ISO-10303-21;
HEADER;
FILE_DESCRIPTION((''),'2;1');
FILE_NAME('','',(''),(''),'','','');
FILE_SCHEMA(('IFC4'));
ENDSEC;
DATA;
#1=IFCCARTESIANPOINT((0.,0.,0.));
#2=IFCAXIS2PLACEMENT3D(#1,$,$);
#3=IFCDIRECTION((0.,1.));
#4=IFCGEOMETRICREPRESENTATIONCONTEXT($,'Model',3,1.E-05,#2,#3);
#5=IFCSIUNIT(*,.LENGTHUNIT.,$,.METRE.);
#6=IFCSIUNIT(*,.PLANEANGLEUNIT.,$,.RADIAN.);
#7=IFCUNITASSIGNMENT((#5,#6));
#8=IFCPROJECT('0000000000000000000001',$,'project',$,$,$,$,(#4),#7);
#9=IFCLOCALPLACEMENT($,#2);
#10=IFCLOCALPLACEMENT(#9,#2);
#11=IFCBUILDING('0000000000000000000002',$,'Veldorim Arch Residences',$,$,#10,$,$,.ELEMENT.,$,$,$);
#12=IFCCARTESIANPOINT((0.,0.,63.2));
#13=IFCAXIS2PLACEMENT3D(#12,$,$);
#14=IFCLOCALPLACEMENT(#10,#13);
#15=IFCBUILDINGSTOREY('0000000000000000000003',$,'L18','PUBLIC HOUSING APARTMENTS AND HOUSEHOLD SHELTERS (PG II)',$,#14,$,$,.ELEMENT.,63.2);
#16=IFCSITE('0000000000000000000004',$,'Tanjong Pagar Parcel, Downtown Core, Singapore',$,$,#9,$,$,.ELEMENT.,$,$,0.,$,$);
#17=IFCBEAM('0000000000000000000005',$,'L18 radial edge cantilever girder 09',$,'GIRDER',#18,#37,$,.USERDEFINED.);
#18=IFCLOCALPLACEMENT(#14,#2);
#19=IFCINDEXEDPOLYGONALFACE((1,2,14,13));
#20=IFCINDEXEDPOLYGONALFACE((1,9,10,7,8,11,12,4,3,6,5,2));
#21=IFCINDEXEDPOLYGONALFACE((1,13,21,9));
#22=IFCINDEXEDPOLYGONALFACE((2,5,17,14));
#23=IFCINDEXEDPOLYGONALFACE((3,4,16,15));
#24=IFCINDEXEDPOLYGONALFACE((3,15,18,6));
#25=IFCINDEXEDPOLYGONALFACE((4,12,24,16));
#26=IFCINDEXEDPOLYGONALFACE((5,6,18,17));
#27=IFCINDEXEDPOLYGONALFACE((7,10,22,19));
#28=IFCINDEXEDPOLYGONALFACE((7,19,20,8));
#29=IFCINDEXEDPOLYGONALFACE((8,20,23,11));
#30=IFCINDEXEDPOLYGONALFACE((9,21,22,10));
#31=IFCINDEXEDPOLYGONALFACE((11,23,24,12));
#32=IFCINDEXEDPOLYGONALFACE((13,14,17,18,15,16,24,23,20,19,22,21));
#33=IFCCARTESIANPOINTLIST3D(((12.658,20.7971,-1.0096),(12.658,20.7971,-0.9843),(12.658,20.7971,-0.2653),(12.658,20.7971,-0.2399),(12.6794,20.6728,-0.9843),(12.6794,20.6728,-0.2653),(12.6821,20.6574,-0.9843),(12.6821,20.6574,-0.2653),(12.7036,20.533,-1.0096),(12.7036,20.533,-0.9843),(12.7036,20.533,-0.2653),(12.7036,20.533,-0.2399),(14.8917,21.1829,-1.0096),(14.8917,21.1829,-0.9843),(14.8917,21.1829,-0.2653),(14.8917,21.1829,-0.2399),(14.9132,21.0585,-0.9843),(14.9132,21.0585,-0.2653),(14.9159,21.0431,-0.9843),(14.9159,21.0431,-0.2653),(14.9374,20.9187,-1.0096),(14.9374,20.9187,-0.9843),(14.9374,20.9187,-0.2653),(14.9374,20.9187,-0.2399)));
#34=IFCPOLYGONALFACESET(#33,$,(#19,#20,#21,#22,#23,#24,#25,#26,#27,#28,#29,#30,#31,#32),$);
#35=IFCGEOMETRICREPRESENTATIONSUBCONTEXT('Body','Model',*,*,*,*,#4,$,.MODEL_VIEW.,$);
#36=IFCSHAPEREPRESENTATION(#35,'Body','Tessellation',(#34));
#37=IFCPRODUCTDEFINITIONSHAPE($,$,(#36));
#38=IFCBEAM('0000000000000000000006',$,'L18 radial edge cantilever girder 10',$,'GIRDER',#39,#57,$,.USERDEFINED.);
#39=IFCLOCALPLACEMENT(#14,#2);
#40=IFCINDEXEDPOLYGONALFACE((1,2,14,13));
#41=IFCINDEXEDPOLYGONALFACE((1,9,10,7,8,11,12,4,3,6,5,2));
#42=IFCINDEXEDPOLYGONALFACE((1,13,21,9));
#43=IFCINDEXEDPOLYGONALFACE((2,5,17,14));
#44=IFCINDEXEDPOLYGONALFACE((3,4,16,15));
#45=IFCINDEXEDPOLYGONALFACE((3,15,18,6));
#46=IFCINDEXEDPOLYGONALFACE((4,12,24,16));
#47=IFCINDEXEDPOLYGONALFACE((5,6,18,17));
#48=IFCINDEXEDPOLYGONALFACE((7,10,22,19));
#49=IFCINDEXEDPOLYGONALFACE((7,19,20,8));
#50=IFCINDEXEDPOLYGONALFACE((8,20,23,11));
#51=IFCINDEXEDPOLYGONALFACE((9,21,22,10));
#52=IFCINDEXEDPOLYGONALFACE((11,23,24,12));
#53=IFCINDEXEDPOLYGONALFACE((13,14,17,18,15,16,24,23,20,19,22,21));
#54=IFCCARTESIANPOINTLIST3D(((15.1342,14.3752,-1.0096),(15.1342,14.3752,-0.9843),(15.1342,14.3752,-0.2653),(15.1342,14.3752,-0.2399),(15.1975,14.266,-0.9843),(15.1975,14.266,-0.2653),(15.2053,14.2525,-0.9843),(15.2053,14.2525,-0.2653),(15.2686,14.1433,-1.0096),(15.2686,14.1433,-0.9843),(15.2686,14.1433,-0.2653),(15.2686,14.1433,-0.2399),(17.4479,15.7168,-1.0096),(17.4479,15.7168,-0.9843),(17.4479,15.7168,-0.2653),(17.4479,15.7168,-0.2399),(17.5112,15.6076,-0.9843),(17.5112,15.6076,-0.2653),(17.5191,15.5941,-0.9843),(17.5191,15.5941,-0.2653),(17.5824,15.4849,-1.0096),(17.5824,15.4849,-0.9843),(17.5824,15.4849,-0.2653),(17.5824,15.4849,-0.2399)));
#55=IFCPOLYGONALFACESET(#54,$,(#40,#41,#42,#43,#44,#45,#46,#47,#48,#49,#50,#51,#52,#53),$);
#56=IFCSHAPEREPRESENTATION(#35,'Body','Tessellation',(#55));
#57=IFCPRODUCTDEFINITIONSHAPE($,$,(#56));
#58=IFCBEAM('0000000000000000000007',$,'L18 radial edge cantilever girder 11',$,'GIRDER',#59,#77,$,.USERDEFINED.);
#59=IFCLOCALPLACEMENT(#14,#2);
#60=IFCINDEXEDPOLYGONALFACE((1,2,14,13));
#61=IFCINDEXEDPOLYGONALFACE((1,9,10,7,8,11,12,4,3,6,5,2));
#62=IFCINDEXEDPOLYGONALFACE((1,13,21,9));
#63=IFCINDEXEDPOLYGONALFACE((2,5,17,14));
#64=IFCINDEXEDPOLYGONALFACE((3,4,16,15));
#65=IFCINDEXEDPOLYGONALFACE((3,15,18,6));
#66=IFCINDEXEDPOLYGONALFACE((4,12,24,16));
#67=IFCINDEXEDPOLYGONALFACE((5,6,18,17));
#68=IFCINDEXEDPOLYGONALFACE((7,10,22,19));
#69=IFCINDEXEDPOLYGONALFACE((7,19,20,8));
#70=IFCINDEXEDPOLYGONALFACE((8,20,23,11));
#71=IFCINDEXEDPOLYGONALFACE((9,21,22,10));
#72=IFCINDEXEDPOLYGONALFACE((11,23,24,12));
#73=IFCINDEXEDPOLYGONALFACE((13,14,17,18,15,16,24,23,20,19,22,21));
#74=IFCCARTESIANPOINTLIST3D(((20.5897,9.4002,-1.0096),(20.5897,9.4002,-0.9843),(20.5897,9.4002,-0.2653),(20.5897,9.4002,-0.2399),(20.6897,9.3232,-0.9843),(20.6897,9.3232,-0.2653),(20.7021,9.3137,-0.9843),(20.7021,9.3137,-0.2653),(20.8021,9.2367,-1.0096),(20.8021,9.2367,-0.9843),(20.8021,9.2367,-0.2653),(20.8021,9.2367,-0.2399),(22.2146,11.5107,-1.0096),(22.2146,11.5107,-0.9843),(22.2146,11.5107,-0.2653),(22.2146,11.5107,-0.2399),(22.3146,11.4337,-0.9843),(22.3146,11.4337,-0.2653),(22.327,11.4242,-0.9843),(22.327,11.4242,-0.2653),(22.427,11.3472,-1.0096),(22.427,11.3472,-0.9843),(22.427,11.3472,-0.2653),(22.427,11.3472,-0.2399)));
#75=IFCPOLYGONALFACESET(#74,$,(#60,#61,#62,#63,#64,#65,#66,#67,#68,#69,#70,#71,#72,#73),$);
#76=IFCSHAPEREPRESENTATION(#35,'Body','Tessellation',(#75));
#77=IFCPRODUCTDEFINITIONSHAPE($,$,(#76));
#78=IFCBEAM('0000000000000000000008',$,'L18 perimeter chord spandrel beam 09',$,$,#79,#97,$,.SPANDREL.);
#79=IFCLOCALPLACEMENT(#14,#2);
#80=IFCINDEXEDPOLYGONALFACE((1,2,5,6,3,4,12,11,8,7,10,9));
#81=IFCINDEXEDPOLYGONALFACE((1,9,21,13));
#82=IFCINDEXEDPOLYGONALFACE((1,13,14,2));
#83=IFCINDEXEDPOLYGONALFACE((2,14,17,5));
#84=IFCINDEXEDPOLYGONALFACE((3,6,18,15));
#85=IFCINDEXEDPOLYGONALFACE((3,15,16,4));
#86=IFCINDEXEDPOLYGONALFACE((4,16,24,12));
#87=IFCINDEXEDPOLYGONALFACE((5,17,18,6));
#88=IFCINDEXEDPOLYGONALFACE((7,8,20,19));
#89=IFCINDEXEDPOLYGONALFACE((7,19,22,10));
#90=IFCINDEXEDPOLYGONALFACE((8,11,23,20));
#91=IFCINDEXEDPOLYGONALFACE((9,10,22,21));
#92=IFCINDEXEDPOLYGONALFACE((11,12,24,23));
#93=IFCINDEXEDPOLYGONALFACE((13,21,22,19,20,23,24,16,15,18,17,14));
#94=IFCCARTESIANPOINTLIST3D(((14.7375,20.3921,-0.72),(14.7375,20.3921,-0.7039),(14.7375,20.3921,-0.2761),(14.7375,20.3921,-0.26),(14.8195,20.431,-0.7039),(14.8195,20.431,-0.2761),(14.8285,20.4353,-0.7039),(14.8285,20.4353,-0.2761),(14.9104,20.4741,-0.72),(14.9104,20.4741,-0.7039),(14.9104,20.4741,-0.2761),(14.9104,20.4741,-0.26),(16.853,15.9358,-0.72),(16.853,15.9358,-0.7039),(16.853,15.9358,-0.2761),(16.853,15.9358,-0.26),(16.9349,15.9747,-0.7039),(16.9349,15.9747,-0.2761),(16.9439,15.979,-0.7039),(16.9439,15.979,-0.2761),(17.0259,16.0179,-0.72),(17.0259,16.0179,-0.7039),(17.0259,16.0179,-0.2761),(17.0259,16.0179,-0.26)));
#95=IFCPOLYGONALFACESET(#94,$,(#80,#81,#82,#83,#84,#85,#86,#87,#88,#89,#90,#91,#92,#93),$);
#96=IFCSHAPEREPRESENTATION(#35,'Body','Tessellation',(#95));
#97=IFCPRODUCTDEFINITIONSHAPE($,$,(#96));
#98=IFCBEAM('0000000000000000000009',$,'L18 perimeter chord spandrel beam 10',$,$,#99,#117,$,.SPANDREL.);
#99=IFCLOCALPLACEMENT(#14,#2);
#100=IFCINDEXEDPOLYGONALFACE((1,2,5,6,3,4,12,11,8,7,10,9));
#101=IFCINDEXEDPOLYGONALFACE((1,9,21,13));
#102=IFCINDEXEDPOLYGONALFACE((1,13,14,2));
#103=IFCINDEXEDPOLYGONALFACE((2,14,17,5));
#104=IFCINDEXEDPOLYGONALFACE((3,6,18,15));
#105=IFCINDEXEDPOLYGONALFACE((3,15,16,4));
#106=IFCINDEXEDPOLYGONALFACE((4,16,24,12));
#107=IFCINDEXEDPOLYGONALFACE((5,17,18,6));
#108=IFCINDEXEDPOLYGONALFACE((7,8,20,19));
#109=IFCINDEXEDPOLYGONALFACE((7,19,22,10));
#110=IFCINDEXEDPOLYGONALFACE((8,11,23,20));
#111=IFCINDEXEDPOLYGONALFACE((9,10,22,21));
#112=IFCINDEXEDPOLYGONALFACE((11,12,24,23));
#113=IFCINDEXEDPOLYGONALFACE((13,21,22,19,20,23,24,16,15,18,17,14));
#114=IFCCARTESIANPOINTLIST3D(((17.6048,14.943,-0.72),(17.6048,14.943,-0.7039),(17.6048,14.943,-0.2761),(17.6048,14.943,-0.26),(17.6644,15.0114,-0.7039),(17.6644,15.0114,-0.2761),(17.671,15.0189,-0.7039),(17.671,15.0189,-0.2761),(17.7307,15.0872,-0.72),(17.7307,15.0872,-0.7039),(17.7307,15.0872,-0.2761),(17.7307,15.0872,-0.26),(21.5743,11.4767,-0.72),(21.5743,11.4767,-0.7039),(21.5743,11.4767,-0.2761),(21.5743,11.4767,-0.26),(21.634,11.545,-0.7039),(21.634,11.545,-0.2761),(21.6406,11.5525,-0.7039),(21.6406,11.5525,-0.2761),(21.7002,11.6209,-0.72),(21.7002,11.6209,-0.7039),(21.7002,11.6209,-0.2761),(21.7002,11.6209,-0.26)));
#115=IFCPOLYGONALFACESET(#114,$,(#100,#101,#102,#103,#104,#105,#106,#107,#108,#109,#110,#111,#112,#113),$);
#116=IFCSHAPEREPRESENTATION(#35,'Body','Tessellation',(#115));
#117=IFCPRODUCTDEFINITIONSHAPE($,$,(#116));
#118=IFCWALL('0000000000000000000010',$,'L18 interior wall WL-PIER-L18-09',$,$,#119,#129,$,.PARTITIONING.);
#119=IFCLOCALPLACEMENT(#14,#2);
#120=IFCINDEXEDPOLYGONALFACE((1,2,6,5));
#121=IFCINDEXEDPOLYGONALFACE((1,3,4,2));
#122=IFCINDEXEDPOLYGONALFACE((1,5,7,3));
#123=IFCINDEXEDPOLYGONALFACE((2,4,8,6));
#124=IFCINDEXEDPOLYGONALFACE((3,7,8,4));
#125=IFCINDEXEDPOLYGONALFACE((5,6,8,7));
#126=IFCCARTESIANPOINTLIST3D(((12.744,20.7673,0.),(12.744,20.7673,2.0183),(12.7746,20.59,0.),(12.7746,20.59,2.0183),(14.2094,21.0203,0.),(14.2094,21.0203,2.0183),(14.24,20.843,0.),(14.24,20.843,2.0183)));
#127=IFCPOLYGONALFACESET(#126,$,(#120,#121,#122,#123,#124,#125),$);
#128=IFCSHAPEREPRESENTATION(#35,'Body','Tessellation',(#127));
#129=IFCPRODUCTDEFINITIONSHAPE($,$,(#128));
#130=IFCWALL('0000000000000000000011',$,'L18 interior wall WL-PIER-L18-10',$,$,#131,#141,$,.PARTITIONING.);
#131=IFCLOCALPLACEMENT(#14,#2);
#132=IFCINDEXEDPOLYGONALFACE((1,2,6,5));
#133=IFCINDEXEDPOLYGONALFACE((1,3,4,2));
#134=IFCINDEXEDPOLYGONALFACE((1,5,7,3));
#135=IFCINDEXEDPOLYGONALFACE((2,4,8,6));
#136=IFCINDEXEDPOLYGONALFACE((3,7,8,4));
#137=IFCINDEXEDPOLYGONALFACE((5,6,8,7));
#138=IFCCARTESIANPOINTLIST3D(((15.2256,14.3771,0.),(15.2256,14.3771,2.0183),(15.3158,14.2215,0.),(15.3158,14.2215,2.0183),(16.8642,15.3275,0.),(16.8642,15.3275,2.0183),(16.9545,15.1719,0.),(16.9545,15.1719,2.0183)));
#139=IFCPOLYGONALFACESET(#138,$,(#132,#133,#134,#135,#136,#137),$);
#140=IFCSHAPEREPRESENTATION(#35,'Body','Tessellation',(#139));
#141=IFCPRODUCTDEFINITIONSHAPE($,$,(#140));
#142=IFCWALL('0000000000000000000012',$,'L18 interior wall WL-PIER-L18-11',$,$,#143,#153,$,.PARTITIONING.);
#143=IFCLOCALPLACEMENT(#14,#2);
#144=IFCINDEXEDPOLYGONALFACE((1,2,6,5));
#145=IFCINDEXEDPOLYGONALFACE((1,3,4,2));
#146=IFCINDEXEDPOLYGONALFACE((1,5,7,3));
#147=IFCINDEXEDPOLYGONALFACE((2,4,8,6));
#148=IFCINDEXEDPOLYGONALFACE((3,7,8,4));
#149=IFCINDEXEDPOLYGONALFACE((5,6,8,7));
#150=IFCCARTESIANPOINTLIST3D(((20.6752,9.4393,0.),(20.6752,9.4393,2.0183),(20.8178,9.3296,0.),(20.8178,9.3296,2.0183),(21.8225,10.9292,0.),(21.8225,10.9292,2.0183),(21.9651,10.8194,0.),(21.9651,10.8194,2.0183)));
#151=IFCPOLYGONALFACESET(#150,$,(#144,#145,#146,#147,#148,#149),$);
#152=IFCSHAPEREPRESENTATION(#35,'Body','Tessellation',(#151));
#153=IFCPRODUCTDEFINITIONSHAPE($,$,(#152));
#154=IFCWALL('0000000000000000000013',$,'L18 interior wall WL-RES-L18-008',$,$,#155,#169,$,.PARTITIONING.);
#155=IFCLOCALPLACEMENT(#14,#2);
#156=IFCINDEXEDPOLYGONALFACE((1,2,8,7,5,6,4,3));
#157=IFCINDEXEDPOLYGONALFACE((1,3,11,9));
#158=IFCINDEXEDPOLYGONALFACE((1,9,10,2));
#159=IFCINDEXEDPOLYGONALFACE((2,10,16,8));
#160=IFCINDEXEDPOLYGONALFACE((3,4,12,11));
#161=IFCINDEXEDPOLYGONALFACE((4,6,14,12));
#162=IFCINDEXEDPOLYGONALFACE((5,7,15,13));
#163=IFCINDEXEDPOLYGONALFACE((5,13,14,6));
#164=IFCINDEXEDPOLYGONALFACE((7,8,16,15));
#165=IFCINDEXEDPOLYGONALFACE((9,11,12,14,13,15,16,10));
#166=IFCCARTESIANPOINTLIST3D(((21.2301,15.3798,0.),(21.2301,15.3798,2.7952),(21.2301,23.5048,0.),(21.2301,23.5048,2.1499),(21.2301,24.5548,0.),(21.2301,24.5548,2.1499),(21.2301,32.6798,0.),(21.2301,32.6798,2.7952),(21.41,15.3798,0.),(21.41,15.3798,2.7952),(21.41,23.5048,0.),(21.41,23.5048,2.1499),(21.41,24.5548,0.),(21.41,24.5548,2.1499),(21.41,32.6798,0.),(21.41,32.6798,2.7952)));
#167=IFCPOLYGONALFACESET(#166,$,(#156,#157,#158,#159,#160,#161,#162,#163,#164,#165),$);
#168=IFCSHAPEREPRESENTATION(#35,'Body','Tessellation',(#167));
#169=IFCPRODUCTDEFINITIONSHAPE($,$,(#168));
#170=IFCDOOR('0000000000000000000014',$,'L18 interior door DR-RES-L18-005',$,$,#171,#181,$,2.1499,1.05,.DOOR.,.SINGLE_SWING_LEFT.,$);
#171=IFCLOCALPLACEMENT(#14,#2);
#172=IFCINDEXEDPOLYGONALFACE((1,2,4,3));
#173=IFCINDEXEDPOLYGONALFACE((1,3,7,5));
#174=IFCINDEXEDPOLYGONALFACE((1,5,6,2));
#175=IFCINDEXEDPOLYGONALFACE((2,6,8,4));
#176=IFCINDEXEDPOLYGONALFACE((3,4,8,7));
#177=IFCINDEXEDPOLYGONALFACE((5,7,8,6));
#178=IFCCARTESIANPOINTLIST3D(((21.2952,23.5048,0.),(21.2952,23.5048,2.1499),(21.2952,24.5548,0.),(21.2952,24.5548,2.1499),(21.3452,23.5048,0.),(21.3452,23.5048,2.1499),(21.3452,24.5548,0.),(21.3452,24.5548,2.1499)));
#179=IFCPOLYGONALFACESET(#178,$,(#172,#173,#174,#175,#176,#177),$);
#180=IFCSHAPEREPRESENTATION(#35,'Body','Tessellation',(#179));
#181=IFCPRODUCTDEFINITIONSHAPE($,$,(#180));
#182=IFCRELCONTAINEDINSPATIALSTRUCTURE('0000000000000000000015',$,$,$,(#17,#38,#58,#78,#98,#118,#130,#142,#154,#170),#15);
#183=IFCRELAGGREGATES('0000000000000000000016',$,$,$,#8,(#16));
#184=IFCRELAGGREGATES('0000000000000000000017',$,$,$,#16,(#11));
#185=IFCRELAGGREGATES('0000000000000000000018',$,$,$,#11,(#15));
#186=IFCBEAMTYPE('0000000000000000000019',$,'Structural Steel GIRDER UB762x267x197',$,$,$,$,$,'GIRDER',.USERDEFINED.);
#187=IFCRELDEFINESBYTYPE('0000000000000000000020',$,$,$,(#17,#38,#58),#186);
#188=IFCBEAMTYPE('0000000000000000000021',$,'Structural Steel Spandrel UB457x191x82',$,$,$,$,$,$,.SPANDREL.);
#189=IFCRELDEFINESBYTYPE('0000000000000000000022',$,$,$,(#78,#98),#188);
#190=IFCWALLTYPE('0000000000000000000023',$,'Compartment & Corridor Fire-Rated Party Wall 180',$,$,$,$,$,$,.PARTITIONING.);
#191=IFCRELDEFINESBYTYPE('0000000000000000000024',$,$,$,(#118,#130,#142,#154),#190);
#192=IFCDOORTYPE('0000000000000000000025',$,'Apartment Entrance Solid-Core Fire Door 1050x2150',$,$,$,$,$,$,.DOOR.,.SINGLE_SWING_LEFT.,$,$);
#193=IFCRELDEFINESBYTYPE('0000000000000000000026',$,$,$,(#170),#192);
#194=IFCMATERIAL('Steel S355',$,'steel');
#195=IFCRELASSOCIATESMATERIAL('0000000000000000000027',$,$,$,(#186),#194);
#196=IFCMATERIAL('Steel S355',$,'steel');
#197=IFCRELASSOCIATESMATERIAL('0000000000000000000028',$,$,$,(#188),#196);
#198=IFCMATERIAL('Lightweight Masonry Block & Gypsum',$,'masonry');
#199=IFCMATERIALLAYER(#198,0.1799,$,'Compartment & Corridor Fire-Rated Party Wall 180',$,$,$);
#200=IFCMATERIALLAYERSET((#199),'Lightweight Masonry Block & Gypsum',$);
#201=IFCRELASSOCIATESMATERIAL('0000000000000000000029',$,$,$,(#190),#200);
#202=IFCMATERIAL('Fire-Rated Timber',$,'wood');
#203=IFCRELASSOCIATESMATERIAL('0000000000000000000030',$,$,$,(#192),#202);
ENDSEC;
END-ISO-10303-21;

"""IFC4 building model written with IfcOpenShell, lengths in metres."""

from ifc_helpers import new_model, si_unit, direction, frame, frame_2d, origin, origin_2d, place, context, subcontext, project, spatial, rectangle, i_section, extrude, material, layer, layer_set, material_profile, profile_set, type_object, element, fill, save


model = new_model("IFC4")

# Units and contexts
model_context = context("Model", 3, precision=1e-05, world=origin(), true_north=direction((0.0, 1.0)))
body_context = subcontext(model_context, "Body", "Model", "MODEL_VIEW")
ifc_project = project(units=[si_unit("LENGTHUNIT", "METRE"), si_unit("PLANEANGLEUNIT", "RADIAN")], contexts=[model_context])

# Site, building, storey
site_placement = place(None, origin())
site = spatial("IfcSite", under=ifc_project, at=site_placement, Name="Tanjong Pagar Parcel, Downtown Core, Singapore", CompositionType="ELEMENT", RefElevation=0.0)
building_placement = place(site_placement, origin())
building = spatial("IfcBuilding", under=site, at=building_placement, Name="Veldorim Arch Residences", CompositionType="ELEMENT")
storey_placement = place(building_placement, frame((0.0, 0.0, 63.2)))
storey = spatial("IfcBuildingStorey", under=building, at=storey_placement, Name="L18", Description="PUBLIC HOUSING APARTMENTS AND HOUSEHOLD SHELTERS (PG II)", CompositionType="ELEMENT", Elevation=63.2)

# Beams
ifc_material_1 = material(Name="Steel S355", Category="steel")
ifc_material_profile_1 = material_profile(ifc_material_1, i_section(OverallWidth=0.2681, OverallDepth=0.7698, WebThickness=0.0156, FlangeThickness=0.0254, at=origin_2d()), Name="UB762x267x197")
ifc_profile_set_1 = profile_set([ifc_material_profile_1], Name="Steel S355")
beam_type_1 = type_object("IfcBeamType", Name="Structural Steel GIRDER UB762x267x197", ElementType="GIRDER", PredefinedType="USERDEFINED", material=ifc_profile_set_1)
beam_1_placement = place(storey_placement, frame((14.9146, 21.0508, -0.6248), z_axis=(-0.985417, -0.170159, 0.0), x_axis=(0.170159, -0.985417, 0.0)))
element("IfcBeam", 1, at=beam_1_placement, inside=storey, type_object=beam_type_1, Name="L18 radial edge cantilever girder 09", ObjectType="GIRDER", PredefinedType="USERDEFINED", context=body_context, shape_type="SweptSolid", body=[
    extrude(i_section(OverallWidth=0.2681, OverallDepth=0.7698, WebThickness=0.0156, FlangeThickness=0.0254, at=origin_2d()), origin(), (0.0, 0.0, 1.0), 2.2668),
])
beam_2_placement = place(storey_placement, frame((17.5151, 15.6008, -0.6248), z_axis=(-0.865097, -0.501605, 0.0), x_axis=(0.501605, -0.865097, 0.0)))
element("IfcBeam", 2, at=beam_2_placement, inside=storey, type_object=beam_type_1, Name="L18 radial edge cantilever girder 10", ObjectType="GIRDER", PredefinedType="USERDEFINED", context=body_context, shape_type="SweptSolid", body=[
    extrude(i_section(OverallWidth=0.2681, OverallDepth=0.7698, WebThickness=0.0156, FlangeThickness=0.0254, at=origin_2d()), origin(), (0.0, 0.0, 1.0), 2.6746),
])
beam_3_placement = place(storey_placement, frame((22.3208, 11.429, -0.6248), z_axis=(-0.610056, -0.792358, 0.0), x_axis=(0.792358, -0.610056, 0.0)))
element("IfcBeam", 3, at=beam_3_placement, inside=storey, type_object=beam_type_1, Name="L18 radial edge cantilever girder 11", ObjectType="GIRDER", PredefinedType="USERDEFINED", context=body_context, shape_type="SweptSolid", body=[
    extrude(i_section(OverallWidth=0.2681, OverallDepth=0.7698, WebThickness=0.0156, FlangeThickness=0.0254, at=origin_2d()), origin(), (0.0, 0.0, 1.0), 2.6636),
])
ifc_material_2 = material(Name="Steel S355", Category="steel")
ifc_material_profile_2 = material_profile(ifc_material_2, i_section(OverallWidth=0.1914, OverallDepth=0.46, WebThickness=0.01, FlangeThickness=0.0161, at=origin_2d()), Name="UB457x191x82")
ifc_profile_set_2 = profile_set([ifc_material_profile_2], Name="Steel S355")
beam_type_2 = type_object("IfcBeamType", Name="Structural Steel Spandrel UB457x191x82", PredefinedType="SPANDREL", material=ifc_profile_set_2)
beam_4_placement = place(storey_placement, frame((14.824, 20.4331, -0.49), z_axis=(0.428848, -0.903377, 0.0), x_axis=(0.903377, 0.428848, 0.0)))
element("IfcBeam", 4, at=beam_4_placement, inside=storey, type_object=beam_type_2, Name="L18 perimeter chord spandrel beam 09", PredefinedType="SPANDREL", context=body_context, shape_type="SweptSolid", body=[
    extrude(i_section(OverallWidth=0.1914, OverallDepth=0.46, WebThickness=0.01, FlangeThickness=0.0161, at=origin_2d()), origin(), (0.0, 0.0, 1.0), 4.9329),
])
beam_5_placement = place(storey_placement, frame((17.6677, 15.0151, -0.49), z_axis=(0.753234, -0.657753, 0.0), x_axis=(0.657753, 0.753234, 0.0)))
element("IfcBeam", 5, at=beam_5_placement, inside=storey, type_object=beam_type_2, Name="L18 perimeter chord spandrel beam 10", PredefinedType="SPANDREL", context=body_context, shape_type="SweptSolid", body=[
    extrude(i_section(OverallWidth=0.1914, OverallDepth=0.46, WebThickness=0.01, FlangeThickness=0.0161, at=origin_2d()), origin(), (0.0, 0.0, 1.0), 5.27),
])

# Walls
ifc_material_3 = material(Name="Lightweight Masonry Block & Gypsum", Category="masonry")
ifc_layer_1 = layer(ifc_material_3, 0.1799, Name="Compartment & Corridor Fire-Rated Party Wall 180")
ifc_layer_set_1 = layer_set([ifc_layer_1], Name="Lightweight Masonry Block & Gypsum")
wall_type_1 = type_object("IfcWallType", Name="Compartment & Corridor Fire-Rated Party Wall 180", PredefinedType="PARTITIONING", material=ifc_layer_set_1)
wall_1_placement = place(storey_placement, frame((14.2249, 20.9316, 0.0), z_axis=(0.0, 0.0, 1.0), x_axis=(-0.985428, -0.170094, 0.0)))
element("IfcWall", 6, at=wall_1_placement, inside=storey, type_object=wall_type_1, Name="L18 interior wall WL-PIER-L18-09", PredefinedType="PARTITIONING", context=body_context, shape_type="SweptSolid", body=[
    extrude(rectangle(XDim=1.4871, YDim=0.1799, at=frame_2d((0.7437, 0.0))), origin(), (0.0, 0.0, 1.0), 2.0183),
])
wall_2_placement = place(storey_placement, frame((16.9094, 15.2498, 0.0), z_axis=(0.0, 0.0, 1.0), x_axis=(-0.865029, -0.501722, 0.0)))
element("IfcWall", 7, at=wall_2_placement, inside=storey, type_object=wall_type_1, Name="L18 interior wall WL-PIER-L18-10", PredefinedType="PARTITIONING", context=body_context, shape_type="SweptSolid", body=[
    extrude(rectangle(XDim=1.8943, YDim=0.1799, at=frame_2d((0.9473, 0.0))), origin(), (0.0, 0.0, 1.0), 2.0183),
])
wall_3_placement = place(storey_placement, frame((21.8938, 10.8743, 0.0), z_axis=(0.0, 0.0, 1.0), x_axis=(-0.610131, -0.7923, 0.0)))
element("IfcWall", 8, at=wall_3_placement, inside=storey, type_object=wall_type_1, Name="L18 interior wall WL-PIER-L18-11", PredefinedType="PARTITIONING", context=body_context, shape_type="SweptSolid", body=[
    extrude(rectangle(XDim=1.8804, YDim=0.1799, at=frame_2d((0.9402, 0.0))), origin(), (0.0, 0.0, 1.0), 2.0183),
])

# Wall, opening, door
wall_4_placement = place(storey_placement, frame((21.3201, 15.3799, 0.0), z_axis=(0.0, 0.0, 1.0), x_axis=(0.0, 1.0, 0.0)))
wall_4 = element("IfcWall", 9, at=wall_4_placement, inside=storey, type_object=wall_type_1, Name="L18 interior wall WL-RES-L18-008", PredefinedType="PARTITIONING", context=body_context, shape_type="SweptSolid", body=[
    extrude(rectangle(XDim=17.3, YDim=0.1799, at=frame_2d((8.6499, 0.0))), origin(), (0.0, 0.0, 1.0), 2.7952),
])
opening_1_placement = place(wall_4_placement, frame((8.125, 0.0, 0.0)))
opening_1 = element("IfcOpeningElement", 10, at=opening_1_placement, cuts=wall_4, PredefinedType="OPENING", context=body_context, shape_type="SweptSolid", body=[
    extrude(rectangle(XDim=1.05, YDim=2.1499, at=frame_2d((0.5249, 1.075))), frame((0.0, 0.0999, 0.0), z_axis=(0.0, -1.0, 0.0), x_axis=(1.0, 0.0, 0.0)), (0.0, 0.0, 1.0), 0.2),
])
ifc_material_4 = material(Name="Fire-Rated Timber", Category="wood")
door_type_1 = type_object("IfcDoorType", Name="Apartment Entrance Solid-Core Fire Door 1050x2150", OperationType="SINGLE_SWING_LEFT", PredefinedType="DOOR", material=ifc_material_4)
door_1_placement = place(opening_1_placement, origin())
door_1 = element("IfcDoor", 11, at=door_1_placement, inside=storey, type_object=door_type_1, Name="L18 interior door DR-RES-L18-005", OperationType="SINGLE_SWING_LEFT", OverallHeight=2.1499, OverallWidth=1.05, PredefinedType="DOOR", context=body_context, shape_type="SweptSolid", body=[
    extrude(rectangle(XDim=1.05, YDim=2.1499, at=frame_2d((0.5249, 1.075))), frame((0.0, 0.0249, 0.0), z_axis=(0.0, -1.0, 0.0), x_axis=(1.0, 0.0, 0.0)), (0.0, 0.0, 1.0), 0.05),
])
fill(opening_1, door_1)

save(model, "model.ifc")
